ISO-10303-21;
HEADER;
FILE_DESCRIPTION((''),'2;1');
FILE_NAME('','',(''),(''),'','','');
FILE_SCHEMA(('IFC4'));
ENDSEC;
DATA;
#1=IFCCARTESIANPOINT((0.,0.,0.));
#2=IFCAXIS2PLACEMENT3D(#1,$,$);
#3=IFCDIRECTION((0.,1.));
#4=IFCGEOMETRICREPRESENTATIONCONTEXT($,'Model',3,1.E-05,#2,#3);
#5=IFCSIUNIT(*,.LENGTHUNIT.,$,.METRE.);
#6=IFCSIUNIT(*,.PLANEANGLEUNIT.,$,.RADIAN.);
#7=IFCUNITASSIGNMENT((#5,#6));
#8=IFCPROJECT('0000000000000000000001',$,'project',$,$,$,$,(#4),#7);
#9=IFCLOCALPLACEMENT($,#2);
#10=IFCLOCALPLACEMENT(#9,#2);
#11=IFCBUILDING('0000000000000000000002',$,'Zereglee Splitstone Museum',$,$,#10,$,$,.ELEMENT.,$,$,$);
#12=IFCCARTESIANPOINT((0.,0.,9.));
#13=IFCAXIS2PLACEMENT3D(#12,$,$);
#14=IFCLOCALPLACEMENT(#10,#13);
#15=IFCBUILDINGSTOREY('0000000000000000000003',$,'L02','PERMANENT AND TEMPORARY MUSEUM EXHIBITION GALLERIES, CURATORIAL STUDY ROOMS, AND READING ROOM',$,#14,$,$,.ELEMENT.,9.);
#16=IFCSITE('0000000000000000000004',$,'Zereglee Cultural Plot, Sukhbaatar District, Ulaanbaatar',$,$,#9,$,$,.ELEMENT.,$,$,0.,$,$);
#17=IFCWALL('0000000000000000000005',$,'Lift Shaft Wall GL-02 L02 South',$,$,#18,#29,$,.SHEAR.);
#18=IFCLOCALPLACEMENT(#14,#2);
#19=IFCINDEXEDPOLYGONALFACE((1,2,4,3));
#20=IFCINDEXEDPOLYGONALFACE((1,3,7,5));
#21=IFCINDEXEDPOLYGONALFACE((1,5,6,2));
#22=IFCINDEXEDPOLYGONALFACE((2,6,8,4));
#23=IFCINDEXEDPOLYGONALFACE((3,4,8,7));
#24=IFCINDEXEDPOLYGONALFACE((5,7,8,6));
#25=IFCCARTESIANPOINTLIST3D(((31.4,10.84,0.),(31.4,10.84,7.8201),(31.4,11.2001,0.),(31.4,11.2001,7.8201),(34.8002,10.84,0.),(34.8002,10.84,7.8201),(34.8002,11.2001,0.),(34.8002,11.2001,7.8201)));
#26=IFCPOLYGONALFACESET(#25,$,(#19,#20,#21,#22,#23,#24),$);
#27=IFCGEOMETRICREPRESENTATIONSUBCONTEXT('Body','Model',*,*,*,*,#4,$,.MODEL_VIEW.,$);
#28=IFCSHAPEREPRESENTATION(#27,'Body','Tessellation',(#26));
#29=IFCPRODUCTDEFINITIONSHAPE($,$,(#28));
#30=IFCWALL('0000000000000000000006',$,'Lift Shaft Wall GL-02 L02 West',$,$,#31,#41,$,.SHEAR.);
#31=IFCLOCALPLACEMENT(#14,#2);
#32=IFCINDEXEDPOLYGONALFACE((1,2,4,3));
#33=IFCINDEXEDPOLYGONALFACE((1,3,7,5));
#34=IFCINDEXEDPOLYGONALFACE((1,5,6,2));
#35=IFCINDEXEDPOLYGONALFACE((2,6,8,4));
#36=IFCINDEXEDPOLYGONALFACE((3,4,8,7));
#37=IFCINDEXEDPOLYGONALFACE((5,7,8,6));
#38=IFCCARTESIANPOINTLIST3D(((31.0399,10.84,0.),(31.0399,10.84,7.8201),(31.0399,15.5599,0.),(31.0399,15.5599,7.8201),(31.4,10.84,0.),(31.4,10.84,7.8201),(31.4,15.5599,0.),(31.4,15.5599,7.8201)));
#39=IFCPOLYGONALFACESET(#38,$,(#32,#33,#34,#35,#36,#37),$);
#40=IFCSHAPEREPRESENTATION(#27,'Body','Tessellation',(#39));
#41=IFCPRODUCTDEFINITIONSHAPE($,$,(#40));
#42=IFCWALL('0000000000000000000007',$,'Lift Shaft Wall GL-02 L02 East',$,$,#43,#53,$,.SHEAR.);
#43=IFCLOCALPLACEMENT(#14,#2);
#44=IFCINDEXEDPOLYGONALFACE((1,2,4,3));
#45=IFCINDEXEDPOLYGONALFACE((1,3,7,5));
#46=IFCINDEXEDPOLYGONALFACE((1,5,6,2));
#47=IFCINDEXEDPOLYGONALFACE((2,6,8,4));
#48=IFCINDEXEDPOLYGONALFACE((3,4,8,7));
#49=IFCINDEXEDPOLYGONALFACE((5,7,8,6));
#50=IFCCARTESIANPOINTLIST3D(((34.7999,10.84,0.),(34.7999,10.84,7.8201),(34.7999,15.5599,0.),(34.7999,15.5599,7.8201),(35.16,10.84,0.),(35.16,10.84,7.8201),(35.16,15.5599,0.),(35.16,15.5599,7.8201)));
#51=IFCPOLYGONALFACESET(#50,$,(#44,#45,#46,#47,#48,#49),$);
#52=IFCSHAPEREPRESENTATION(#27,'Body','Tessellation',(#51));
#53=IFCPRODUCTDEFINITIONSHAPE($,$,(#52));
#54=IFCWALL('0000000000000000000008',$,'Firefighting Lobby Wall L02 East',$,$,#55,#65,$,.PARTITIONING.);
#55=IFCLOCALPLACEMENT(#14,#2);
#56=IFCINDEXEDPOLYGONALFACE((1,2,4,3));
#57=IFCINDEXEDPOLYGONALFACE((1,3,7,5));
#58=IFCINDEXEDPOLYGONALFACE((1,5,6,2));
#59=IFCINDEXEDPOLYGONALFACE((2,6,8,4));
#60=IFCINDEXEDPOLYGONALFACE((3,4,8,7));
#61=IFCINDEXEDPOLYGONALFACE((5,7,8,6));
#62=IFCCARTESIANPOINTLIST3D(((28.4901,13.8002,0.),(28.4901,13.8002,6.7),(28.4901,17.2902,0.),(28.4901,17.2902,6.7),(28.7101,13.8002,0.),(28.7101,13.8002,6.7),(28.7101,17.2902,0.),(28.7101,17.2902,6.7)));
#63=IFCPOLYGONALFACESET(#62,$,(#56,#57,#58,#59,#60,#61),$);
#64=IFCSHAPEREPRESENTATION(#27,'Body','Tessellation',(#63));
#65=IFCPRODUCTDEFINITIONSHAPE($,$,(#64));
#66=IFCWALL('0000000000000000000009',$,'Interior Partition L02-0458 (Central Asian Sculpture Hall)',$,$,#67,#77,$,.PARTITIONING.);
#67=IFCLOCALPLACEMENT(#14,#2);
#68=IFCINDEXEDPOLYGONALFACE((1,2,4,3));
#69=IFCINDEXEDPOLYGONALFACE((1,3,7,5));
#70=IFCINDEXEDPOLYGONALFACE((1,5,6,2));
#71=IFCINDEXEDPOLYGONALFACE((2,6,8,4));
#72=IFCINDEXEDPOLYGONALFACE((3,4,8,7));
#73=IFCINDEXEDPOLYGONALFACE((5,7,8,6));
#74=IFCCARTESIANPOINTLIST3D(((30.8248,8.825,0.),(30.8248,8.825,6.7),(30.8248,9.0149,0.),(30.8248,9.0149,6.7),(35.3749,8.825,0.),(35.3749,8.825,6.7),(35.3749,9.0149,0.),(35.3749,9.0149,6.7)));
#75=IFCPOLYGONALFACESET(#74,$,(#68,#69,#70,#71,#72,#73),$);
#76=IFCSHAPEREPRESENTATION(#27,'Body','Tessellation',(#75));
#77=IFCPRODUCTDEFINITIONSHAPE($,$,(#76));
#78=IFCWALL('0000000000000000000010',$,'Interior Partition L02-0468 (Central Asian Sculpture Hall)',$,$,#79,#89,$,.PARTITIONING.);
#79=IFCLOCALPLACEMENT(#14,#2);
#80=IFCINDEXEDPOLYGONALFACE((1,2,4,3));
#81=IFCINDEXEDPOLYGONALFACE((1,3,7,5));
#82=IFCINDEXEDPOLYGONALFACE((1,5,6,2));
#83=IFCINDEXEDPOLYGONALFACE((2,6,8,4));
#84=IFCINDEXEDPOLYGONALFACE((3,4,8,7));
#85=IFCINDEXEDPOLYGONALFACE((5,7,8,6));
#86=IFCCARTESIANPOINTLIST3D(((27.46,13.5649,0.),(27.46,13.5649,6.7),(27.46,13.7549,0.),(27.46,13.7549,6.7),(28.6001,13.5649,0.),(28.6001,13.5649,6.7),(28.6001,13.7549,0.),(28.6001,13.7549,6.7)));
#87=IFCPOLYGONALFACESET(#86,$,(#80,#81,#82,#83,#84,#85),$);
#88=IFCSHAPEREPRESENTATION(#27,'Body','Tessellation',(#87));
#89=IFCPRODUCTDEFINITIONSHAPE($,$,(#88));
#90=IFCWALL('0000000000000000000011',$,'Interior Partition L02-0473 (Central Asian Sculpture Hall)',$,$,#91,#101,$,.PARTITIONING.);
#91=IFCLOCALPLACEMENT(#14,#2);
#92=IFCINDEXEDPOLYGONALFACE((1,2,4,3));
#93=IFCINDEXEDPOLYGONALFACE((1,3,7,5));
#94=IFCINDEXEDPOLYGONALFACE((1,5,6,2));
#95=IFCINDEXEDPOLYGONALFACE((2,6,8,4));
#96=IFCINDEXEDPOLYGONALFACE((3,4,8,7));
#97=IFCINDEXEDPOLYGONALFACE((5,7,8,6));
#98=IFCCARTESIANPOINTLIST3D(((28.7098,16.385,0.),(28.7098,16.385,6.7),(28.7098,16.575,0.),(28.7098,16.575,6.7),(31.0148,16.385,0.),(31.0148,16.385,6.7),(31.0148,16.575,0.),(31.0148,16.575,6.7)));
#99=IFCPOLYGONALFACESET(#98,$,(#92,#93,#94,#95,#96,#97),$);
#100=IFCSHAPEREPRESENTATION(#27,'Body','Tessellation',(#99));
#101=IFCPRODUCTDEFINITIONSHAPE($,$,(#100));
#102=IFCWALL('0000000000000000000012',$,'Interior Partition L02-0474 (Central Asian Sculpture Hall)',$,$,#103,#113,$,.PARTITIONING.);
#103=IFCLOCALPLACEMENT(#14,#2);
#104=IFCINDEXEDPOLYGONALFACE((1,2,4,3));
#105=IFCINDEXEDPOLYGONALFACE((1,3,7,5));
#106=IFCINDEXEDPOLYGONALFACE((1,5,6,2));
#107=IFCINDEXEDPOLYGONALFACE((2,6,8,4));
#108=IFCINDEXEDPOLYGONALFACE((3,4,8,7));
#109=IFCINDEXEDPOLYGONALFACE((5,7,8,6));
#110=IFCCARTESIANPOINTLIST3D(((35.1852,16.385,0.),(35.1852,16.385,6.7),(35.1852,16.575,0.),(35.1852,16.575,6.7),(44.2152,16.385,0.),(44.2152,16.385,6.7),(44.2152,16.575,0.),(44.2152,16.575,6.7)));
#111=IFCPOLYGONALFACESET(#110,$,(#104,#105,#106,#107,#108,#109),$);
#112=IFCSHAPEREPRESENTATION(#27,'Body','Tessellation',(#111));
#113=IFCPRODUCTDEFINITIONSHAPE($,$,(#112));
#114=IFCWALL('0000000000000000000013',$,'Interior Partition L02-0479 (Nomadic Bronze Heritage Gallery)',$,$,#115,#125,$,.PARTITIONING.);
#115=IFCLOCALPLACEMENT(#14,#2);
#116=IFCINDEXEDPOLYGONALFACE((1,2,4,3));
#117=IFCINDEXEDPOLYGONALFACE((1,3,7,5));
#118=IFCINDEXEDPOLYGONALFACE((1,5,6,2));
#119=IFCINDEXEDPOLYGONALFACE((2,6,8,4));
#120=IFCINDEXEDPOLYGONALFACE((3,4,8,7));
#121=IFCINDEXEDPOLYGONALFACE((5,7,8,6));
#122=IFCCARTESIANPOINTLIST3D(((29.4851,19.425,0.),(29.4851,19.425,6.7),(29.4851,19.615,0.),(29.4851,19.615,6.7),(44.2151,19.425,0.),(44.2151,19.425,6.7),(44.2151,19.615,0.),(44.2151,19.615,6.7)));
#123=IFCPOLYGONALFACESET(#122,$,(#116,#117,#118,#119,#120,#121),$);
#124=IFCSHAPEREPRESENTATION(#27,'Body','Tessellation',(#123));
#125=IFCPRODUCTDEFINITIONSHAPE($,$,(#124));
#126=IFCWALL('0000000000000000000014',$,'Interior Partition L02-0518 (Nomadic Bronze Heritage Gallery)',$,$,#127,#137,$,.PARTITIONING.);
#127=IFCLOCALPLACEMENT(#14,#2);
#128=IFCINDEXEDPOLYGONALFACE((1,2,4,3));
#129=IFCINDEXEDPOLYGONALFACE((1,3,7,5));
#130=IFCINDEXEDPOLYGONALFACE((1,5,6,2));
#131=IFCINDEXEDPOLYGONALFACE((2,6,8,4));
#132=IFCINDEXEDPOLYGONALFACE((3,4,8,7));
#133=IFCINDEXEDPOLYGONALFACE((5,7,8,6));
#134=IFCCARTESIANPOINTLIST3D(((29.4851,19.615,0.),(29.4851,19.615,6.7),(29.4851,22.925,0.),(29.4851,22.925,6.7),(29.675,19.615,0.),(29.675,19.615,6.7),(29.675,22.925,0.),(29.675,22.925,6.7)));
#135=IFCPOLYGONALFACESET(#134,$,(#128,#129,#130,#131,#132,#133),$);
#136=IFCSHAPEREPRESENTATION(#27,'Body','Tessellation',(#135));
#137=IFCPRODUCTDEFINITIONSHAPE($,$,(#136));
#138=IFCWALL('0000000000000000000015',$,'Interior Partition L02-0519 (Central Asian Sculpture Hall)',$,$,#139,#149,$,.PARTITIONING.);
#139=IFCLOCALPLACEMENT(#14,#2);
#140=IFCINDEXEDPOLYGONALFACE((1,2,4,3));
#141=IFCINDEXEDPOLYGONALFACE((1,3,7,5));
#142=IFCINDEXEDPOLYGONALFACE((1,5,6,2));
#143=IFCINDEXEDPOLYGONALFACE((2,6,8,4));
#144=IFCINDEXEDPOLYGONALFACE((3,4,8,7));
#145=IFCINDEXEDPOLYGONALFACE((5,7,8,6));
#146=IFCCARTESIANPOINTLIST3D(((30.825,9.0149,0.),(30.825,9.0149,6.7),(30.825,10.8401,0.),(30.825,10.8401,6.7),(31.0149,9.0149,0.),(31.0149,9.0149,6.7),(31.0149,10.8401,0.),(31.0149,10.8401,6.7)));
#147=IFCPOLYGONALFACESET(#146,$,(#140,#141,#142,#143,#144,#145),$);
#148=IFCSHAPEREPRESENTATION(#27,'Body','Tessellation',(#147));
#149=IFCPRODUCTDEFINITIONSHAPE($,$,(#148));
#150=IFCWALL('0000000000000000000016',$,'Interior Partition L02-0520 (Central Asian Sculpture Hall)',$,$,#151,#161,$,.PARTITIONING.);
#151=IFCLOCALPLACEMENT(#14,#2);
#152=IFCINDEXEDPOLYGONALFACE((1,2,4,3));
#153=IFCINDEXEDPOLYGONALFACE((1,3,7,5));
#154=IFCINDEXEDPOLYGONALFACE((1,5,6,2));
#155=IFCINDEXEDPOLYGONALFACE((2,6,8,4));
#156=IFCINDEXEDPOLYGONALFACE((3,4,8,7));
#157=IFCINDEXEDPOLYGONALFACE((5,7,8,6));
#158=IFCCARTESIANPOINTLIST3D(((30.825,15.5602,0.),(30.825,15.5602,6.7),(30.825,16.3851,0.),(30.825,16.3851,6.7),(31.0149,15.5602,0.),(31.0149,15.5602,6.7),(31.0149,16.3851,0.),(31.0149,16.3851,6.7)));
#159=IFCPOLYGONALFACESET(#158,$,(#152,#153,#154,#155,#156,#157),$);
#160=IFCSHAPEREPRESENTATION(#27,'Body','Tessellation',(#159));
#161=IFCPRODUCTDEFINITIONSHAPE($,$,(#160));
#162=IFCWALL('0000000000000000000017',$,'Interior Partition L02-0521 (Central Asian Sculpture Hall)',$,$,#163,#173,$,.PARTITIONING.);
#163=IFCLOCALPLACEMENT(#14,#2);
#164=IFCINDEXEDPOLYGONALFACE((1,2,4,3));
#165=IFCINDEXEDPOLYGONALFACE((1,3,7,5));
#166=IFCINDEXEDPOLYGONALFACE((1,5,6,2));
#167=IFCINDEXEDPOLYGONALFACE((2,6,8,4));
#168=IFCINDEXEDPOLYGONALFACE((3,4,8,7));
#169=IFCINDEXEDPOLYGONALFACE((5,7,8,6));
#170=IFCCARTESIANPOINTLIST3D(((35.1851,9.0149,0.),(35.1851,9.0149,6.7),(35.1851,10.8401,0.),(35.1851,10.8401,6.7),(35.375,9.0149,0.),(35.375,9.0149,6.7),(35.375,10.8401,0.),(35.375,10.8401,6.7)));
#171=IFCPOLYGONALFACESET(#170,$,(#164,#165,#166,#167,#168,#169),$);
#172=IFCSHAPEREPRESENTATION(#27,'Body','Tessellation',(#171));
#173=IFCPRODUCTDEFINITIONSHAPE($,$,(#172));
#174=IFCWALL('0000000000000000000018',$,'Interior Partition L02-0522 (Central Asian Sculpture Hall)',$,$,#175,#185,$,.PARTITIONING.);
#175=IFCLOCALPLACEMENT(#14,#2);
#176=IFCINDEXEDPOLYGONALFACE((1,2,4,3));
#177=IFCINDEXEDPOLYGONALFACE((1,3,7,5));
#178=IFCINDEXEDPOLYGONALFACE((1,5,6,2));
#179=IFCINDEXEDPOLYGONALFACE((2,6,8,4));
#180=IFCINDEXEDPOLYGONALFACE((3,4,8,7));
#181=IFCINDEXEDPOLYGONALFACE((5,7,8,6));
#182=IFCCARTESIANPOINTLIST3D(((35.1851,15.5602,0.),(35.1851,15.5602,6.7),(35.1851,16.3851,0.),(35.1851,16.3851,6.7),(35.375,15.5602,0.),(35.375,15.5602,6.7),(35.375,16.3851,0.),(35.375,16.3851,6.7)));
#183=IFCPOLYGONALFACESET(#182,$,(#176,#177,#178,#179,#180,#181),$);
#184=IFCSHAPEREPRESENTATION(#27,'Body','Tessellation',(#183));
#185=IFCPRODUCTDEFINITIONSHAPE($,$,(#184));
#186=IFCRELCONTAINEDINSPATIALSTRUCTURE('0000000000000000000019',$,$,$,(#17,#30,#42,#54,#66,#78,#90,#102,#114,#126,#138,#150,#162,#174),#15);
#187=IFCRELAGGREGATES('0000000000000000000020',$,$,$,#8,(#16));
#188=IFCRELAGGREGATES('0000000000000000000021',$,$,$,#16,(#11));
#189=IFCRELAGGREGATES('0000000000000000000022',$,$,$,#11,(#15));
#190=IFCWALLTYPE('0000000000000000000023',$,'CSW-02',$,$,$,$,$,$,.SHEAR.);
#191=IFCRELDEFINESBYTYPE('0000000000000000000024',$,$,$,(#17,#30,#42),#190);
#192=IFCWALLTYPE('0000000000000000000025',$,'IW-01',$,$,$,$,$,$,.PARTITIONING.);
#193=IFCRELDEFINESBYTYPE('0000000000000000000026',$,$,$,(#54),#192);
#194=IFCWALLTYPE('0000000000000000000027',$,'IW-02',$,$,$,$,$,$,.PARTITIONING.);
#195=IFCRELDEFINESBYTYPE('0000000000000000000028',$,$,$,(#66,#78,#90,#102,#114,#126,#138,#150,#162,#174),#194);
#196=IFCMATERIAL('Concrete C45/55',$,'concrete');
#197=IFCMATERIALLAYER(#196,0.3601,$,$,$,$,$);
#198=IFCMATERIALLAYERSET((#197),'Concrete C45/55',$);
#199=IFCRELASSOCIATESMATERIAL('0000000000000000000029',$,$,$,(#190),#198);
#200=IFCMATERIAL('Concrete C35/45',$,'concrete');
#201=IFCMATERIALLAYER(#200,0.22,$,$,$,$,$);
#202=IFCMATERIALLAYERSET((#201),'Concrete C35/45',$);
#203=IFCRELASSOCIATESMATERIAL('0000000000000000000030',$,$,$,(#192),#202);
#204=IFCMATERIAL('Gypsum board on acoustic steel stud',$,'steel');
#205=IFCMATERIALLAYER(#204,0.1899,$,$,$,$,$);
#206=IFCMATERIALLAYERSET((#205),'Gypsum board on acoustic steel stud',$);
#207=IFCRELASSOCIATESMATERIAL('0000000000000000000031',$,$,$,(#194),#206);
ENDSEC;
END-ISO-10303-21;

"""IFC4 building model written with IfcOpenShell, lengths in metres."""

from ifc_helpers import new_model, si_unit, direction, frame, frame_2d, origin, place, context, subcontext, project, spatial, rectangle, extrude, material, layer, layer_set, type_object, element, save


model = new_model("IFC4")

# Units and contexts
model_context = context("Model", 3, precision=1e-05, world=origin(), true_north=direction((0.0, 1.0)))
body_context = subcontext(model_context, "Body", "Model", "MODEL_VIEW")
ifc_project = project(units=[si_unit("LENGTHUNIT", "METRE"), si_unit("PLANEANGLEUNIT", "RADIAN")], contexts=[model_context])

# Site, building, storey
site_placement = place(None, origin())
site = spatial("IfcSite", under=ifc_project, at=site_placement, Name="Zereglee Cultural Plot, Sukhbaatar District, Ulaanbaatar", CompositionType="ELEMENT", RefElevation=0.0)
building_placement = place(site_placement, origin())
building = spatial("IfcBuilding", under=site, at=building_placement, Name="Zereglee Splitstone Museum", CompositionType="ELEMENT")
storey_placement = place(building_placement, frame((0.0, 0.0, 9.0)))
storey = spatial("IfcBuildingStorey", under=building, at=storey_placement, Name="L02", Description="PERMANENT AND TEMPORARY MUSEUM EXHIBITION GALLERIES, CURATORIAL STUDY ROOMS, AND READING ROOM", CompositionType="ELEMENT", Elevation=9.0)

# Shared definitions
ifc_material_1 = material(Name="Concrete C45/55", Category="concrete")
ifc_layer_1 = layer(ifc_material_1, 0.3601)
ifc_layer_set_1 = layer_set([ifc_layer_1], Name="Concrete C45/55")
wall_type_1 = type_object("IfcWallType", Name="CSW-02", PredefinedType="SHEAR", material=ifc_layer_set_1)

# Walls
wall_1_placement = place(storey_placement, frame((31.3999, 11.02, 0.0), z_axis=(0.0, 0.0, 1.0), x_axis=(1.0, 0.0, 0.0)))
element("IfcWall", 1, at=wall_1_placement, inside=storey, type_object=wall_type_1, Name="Lift Shaft Wall GL-02 L02 South", PredefinedType="SHEAR", context=body_context, shape_type="SweptSolid", body=[
    extrude(rectangle(XDim=3.4001, YDim=0.3601, at=frame_2d((1.7002, 0.0))), origin(), (0.0, 0.0, 1.0), 7.8201),
])
for number, where, z_axis, x_axis, name in (
    (2, (31.22, 10.8401, 0.0), (0.0, 0.0, 1.0), (0.0, 1.0, 0.0), "Lift Shaft Wall GL-02 L02 West"),
    (3, (34.98, 10.8401, 0.0), (0.0, 0.0, 1.0), (0.0, 1.0, 0.0), "Lift Shaft Wall GL-02 L02 East"),
):
    element("IfcWall", number, at=place(storey_placement, frame(where, z_axis=z_axis, x_axis=x_axis)), inside=storey, type_object=wall_type_1, Name=name, PredefinedType="SHEAR", context=body_context, shape_type="SweptSolid", body=[
        extrude(rectangle(XDim=4.72, YDim=0.3601, at=frame_2d((2.3599, 0.0))), origin(), (0.0, 0.0, 1.0), 7.8201),
    ])
ifc_material_2 = material(Name="Concrete C35/45", Category="concrete")
ifc_layer_2 = layer(ifc_material_2, 0.22)
ifc_layer_set_2 = layer_set([ifc_layer_2], Name="Concrete C35/45")
wall_type_2 = type_object("IfcWallType", Name="IW-01", PredefinedType="PARTITIONING", material=ifc_layer_set_2)
wall_2_placement = place(storey_placement, frame((28.6001, 13.8, 0.0), z_axis=(0.0, 0.0, 1.0), x_axis=(0.0, 1.0, 0.0)))
element("IfcWall", 4, at=wall_2_placement, inside=storey, type_object=wall_type_2, Name="Firefighting Lobby Wall L02 East", PredefinedType="PARTITIONING", context=body_context, shape_type="SweptSolid", body=[
    extrude(rectangle(XDim=3.49, YDim=0.22, at=frame_2d((1.7451, 0.0))), origin(), (0.0, 0.0, 1.0), 6.7),
])
ifc_material_3 = material(Name="Gypsum board on acoustic steel stud", Category="steel")
ifc_layer_3 = layer(ifc_material_3, 0.1899)
ifc_layer_set_3 = layer_set([ifc_layer_3], Name="Gypsum board on acoustic steel stud")
wall_type_3 = type_object("IfcWallType", Name="IW-02", PredefinedType="PARTITIONING", material=ifc_layer_set_3)
wall_3_placement = place(storey_placement, frame((30.825, 8.9199, 0.0), z_axis=(0.0, 0.0, 1.0), x_axis=(1.0, 0.0, 0.0)))
element("IfcWall", 5, at=wall_3_placement, inside=storey, type_object=wall_type_3, Name="Interior Partition L02-0458 (Central Asian Sculpture Hall)", PredefinedType="PARTITIONING", context=body_context, shape_type="SweptSolid", body=[
    extrude(rectangle(XDim=4.55, YDim=0.1899, at=frame_2d((2.2749, 0.0))), origin(), (0.0, 0.0, 1.0), 6.7),
])
wall_4_placement = place(storey_placement, frame((27.46, 13.6599, 0.0), z_axis=(0.0, 0.0, 1.0), x_axis=(1.0, 0.0, 0.0)))
element("IfcWall", 6, at=wall_4_placement, inside=storey, type_object=wall_type_3, Name="Interior Partition L02-0468 (Central Asian Sculpture Hall)", PredefinedType="PARTITIONING", context=body_context, shape_type="SweptSolid", body=[
    extrude(rectangle(XDim=1.1401, YDim=0.1899, at=frame_2d((0.5701, 0.0))), origin(), (0.0, 0.0, 1.0), 6.7),
])
wall_5_placement = place(storey_placement, frame((28.71, 16.48, 0.0), z_axis=(0.0, 0.0, 1.0), x_axis=(1.0, 0.0, 0.0)))
element("IfcWall", 7, at=wall_5_placement, inside=storey, type_object=wall_type_3, Name="Interior Partition L02-0473 (Central Asian Sculpture Hall)", PredefinedType="PARTITIONING", context=body_context, shape_type="SweptSolid", body=[
    extrude(rectangle(XDim=2.3049, YDim=0.1899, at=frame_2d((1.1523, 0.0))), origin(), (0.0, 0.0, 1.0), 6.7),
])
wall_6_placement = place(storey_placement, frame((35.1851, 16.48, 0.0), z_axis=(0.0, 0.0, 1.0), x_axis=(1.0, 0.0, 0.0)))
element("IfcWall", 8, at=wall_6_placement, inside=storey, type_object=wall_type_3, Name="Interior Partition L02-0474 (Central Asian Sculpture Hall)", PredefinedType="PARTITIONING", context=body_context, shape_type="SweptSolid", body=[
    extrude(rectangle(XDim=9.03, YDim=0.1899, at=frame_2d((4.5151, 0.0))), origin(), (0.0, 0.0, 1.0), 6.7),
])
wall_7_placement = place(storey_placement, frame((29.4851, 19.52, 0.0), z_axis=(0.0, 0.0, 1.0), x_axis=(1.0, 0.0, 0.0)))
element("IfcWall", 9, at=wall_7_placement, inside=storey, type_object=wall_type_3, Name="Interior Partition L02-0479 (Nomadic Bronze Heritage Gallery)", PredefinedType="PARTITIONING", context=body_context, shape_type="SweptSolid", body=[
    extrude(rectangle(XDim=14.73, YDim=0.1899, at=frame_2d((7.365, 0.0))), origin(), (0.0, 0.0, 1.0), 6.7),
])
wall_8_placement = place(storey_placement, frame((29.5801, 19.615, 0.0), z_axis=(0.0, 0.0, 1.0), x_axis=(0.0, 1.0, 0.0)))
element("IfcWall", 10, at=wall_8_placement, inside=storey, type_object=wall_type_3, Name="Interior Partition L02-0518 (Nomadic Bronze Heritage Gallery)", PredefinedType="PARTITIONING", context=body_context, shape_type="SweptSolid", body=[
    extrude(rectangle(XDim=3.3101, YDim=0.1899, at=frame_2d((1.655, 0.0))), origin(), (0.0, 0.0, 1.0), 6.7),
])
wall_9_placement = place(storey_placement, frame((30.9199, 9.0149, 0.0), z_axis=(0.0, 0.0, 1.0), x_axis=(0.0, 1.0, 0.0)))
element("IfcWall", 11, at=wall_9_placement, inside=storey, type_object=wall_type_3, Name="Interior Partition L02-0519 (Central Asian Sculpture Hall)", PredefinedType="PARTITIONING", context=body_context, shape_type="SweptSolid", body=[
    extrude(rectangle(XDim=1.8252, YDim=0.1899, at=frame_2d((0.9126, 0.0))), origin(), (0.0, 0.0, 1.0), 6.7),
])
wall_10_placement = place(storey_placement, frame((30.9199, 15.5601, 0.0), z_axis=(0.0, 0.0, 1.0), x_axis=(0.0, 1.0, 0.0)))
element("IfcWall", 12, at=wall_10_placement, inside=storey, type_object=wall_type_3, Name="Interior Partition L02-0520 (Central Asian Sculpture Hall)", PredefinedType="PARTITIONING", context=body_context, shape_type="SweptSolid", body=[
    extrude(rectangle(XDim=0.825, YDim=0.1899, at=frame_2d((0.4126, 0.0))), origin(), (0.0, 0.0, 1.0), 6.7),
])
wall_11_placement = place(storey_placement, frame((35.28, 9.0149, 0.0), z_axis=(0.0, 0.0, 1.0), x_axis=(0.0, 1.0, 0.0)))
element("IfcWall", 13, at=wall_11_placement, inside=storey, type_object=wall_type_3, Name="Interior Partition L02-0521 (Central Asian Sculpture Hall)", PredefinedType="PARTITIONING", context=body_context, shape_type="SweptSolid", body=[
    extrude(rectangle(XDim=1.8252, YDim=0.1899, at=frame_2d((0.9126, 0.0))), origin(), (0.0, 0.0, 1.0), 6.7),
])
wall_12_placement = place(storey_placement, frame((35.28, 15.5601, 0.0), z_axis=(0.0, 0.0, 1.0), x_axis=(0.0, 1.0, 0.0)))
element("IfcWall", 14, at=wall_12_placement, inside=storey, type_object=wall_type_3, Name="Interior Partition L02-0522 (Central Asian Sculpture Hall)", PredefinedType="PARTITIONING", context=body_context, shape_type="SweptSolid", body=[
    extrude(rectangle(XDim=0.825, YDim=0.1899, at=frame_2d((0.4126, 0.0))), origin(), (0.0, 0.0, 1.0), 6.7),
])

save(model, "model.ifc")
